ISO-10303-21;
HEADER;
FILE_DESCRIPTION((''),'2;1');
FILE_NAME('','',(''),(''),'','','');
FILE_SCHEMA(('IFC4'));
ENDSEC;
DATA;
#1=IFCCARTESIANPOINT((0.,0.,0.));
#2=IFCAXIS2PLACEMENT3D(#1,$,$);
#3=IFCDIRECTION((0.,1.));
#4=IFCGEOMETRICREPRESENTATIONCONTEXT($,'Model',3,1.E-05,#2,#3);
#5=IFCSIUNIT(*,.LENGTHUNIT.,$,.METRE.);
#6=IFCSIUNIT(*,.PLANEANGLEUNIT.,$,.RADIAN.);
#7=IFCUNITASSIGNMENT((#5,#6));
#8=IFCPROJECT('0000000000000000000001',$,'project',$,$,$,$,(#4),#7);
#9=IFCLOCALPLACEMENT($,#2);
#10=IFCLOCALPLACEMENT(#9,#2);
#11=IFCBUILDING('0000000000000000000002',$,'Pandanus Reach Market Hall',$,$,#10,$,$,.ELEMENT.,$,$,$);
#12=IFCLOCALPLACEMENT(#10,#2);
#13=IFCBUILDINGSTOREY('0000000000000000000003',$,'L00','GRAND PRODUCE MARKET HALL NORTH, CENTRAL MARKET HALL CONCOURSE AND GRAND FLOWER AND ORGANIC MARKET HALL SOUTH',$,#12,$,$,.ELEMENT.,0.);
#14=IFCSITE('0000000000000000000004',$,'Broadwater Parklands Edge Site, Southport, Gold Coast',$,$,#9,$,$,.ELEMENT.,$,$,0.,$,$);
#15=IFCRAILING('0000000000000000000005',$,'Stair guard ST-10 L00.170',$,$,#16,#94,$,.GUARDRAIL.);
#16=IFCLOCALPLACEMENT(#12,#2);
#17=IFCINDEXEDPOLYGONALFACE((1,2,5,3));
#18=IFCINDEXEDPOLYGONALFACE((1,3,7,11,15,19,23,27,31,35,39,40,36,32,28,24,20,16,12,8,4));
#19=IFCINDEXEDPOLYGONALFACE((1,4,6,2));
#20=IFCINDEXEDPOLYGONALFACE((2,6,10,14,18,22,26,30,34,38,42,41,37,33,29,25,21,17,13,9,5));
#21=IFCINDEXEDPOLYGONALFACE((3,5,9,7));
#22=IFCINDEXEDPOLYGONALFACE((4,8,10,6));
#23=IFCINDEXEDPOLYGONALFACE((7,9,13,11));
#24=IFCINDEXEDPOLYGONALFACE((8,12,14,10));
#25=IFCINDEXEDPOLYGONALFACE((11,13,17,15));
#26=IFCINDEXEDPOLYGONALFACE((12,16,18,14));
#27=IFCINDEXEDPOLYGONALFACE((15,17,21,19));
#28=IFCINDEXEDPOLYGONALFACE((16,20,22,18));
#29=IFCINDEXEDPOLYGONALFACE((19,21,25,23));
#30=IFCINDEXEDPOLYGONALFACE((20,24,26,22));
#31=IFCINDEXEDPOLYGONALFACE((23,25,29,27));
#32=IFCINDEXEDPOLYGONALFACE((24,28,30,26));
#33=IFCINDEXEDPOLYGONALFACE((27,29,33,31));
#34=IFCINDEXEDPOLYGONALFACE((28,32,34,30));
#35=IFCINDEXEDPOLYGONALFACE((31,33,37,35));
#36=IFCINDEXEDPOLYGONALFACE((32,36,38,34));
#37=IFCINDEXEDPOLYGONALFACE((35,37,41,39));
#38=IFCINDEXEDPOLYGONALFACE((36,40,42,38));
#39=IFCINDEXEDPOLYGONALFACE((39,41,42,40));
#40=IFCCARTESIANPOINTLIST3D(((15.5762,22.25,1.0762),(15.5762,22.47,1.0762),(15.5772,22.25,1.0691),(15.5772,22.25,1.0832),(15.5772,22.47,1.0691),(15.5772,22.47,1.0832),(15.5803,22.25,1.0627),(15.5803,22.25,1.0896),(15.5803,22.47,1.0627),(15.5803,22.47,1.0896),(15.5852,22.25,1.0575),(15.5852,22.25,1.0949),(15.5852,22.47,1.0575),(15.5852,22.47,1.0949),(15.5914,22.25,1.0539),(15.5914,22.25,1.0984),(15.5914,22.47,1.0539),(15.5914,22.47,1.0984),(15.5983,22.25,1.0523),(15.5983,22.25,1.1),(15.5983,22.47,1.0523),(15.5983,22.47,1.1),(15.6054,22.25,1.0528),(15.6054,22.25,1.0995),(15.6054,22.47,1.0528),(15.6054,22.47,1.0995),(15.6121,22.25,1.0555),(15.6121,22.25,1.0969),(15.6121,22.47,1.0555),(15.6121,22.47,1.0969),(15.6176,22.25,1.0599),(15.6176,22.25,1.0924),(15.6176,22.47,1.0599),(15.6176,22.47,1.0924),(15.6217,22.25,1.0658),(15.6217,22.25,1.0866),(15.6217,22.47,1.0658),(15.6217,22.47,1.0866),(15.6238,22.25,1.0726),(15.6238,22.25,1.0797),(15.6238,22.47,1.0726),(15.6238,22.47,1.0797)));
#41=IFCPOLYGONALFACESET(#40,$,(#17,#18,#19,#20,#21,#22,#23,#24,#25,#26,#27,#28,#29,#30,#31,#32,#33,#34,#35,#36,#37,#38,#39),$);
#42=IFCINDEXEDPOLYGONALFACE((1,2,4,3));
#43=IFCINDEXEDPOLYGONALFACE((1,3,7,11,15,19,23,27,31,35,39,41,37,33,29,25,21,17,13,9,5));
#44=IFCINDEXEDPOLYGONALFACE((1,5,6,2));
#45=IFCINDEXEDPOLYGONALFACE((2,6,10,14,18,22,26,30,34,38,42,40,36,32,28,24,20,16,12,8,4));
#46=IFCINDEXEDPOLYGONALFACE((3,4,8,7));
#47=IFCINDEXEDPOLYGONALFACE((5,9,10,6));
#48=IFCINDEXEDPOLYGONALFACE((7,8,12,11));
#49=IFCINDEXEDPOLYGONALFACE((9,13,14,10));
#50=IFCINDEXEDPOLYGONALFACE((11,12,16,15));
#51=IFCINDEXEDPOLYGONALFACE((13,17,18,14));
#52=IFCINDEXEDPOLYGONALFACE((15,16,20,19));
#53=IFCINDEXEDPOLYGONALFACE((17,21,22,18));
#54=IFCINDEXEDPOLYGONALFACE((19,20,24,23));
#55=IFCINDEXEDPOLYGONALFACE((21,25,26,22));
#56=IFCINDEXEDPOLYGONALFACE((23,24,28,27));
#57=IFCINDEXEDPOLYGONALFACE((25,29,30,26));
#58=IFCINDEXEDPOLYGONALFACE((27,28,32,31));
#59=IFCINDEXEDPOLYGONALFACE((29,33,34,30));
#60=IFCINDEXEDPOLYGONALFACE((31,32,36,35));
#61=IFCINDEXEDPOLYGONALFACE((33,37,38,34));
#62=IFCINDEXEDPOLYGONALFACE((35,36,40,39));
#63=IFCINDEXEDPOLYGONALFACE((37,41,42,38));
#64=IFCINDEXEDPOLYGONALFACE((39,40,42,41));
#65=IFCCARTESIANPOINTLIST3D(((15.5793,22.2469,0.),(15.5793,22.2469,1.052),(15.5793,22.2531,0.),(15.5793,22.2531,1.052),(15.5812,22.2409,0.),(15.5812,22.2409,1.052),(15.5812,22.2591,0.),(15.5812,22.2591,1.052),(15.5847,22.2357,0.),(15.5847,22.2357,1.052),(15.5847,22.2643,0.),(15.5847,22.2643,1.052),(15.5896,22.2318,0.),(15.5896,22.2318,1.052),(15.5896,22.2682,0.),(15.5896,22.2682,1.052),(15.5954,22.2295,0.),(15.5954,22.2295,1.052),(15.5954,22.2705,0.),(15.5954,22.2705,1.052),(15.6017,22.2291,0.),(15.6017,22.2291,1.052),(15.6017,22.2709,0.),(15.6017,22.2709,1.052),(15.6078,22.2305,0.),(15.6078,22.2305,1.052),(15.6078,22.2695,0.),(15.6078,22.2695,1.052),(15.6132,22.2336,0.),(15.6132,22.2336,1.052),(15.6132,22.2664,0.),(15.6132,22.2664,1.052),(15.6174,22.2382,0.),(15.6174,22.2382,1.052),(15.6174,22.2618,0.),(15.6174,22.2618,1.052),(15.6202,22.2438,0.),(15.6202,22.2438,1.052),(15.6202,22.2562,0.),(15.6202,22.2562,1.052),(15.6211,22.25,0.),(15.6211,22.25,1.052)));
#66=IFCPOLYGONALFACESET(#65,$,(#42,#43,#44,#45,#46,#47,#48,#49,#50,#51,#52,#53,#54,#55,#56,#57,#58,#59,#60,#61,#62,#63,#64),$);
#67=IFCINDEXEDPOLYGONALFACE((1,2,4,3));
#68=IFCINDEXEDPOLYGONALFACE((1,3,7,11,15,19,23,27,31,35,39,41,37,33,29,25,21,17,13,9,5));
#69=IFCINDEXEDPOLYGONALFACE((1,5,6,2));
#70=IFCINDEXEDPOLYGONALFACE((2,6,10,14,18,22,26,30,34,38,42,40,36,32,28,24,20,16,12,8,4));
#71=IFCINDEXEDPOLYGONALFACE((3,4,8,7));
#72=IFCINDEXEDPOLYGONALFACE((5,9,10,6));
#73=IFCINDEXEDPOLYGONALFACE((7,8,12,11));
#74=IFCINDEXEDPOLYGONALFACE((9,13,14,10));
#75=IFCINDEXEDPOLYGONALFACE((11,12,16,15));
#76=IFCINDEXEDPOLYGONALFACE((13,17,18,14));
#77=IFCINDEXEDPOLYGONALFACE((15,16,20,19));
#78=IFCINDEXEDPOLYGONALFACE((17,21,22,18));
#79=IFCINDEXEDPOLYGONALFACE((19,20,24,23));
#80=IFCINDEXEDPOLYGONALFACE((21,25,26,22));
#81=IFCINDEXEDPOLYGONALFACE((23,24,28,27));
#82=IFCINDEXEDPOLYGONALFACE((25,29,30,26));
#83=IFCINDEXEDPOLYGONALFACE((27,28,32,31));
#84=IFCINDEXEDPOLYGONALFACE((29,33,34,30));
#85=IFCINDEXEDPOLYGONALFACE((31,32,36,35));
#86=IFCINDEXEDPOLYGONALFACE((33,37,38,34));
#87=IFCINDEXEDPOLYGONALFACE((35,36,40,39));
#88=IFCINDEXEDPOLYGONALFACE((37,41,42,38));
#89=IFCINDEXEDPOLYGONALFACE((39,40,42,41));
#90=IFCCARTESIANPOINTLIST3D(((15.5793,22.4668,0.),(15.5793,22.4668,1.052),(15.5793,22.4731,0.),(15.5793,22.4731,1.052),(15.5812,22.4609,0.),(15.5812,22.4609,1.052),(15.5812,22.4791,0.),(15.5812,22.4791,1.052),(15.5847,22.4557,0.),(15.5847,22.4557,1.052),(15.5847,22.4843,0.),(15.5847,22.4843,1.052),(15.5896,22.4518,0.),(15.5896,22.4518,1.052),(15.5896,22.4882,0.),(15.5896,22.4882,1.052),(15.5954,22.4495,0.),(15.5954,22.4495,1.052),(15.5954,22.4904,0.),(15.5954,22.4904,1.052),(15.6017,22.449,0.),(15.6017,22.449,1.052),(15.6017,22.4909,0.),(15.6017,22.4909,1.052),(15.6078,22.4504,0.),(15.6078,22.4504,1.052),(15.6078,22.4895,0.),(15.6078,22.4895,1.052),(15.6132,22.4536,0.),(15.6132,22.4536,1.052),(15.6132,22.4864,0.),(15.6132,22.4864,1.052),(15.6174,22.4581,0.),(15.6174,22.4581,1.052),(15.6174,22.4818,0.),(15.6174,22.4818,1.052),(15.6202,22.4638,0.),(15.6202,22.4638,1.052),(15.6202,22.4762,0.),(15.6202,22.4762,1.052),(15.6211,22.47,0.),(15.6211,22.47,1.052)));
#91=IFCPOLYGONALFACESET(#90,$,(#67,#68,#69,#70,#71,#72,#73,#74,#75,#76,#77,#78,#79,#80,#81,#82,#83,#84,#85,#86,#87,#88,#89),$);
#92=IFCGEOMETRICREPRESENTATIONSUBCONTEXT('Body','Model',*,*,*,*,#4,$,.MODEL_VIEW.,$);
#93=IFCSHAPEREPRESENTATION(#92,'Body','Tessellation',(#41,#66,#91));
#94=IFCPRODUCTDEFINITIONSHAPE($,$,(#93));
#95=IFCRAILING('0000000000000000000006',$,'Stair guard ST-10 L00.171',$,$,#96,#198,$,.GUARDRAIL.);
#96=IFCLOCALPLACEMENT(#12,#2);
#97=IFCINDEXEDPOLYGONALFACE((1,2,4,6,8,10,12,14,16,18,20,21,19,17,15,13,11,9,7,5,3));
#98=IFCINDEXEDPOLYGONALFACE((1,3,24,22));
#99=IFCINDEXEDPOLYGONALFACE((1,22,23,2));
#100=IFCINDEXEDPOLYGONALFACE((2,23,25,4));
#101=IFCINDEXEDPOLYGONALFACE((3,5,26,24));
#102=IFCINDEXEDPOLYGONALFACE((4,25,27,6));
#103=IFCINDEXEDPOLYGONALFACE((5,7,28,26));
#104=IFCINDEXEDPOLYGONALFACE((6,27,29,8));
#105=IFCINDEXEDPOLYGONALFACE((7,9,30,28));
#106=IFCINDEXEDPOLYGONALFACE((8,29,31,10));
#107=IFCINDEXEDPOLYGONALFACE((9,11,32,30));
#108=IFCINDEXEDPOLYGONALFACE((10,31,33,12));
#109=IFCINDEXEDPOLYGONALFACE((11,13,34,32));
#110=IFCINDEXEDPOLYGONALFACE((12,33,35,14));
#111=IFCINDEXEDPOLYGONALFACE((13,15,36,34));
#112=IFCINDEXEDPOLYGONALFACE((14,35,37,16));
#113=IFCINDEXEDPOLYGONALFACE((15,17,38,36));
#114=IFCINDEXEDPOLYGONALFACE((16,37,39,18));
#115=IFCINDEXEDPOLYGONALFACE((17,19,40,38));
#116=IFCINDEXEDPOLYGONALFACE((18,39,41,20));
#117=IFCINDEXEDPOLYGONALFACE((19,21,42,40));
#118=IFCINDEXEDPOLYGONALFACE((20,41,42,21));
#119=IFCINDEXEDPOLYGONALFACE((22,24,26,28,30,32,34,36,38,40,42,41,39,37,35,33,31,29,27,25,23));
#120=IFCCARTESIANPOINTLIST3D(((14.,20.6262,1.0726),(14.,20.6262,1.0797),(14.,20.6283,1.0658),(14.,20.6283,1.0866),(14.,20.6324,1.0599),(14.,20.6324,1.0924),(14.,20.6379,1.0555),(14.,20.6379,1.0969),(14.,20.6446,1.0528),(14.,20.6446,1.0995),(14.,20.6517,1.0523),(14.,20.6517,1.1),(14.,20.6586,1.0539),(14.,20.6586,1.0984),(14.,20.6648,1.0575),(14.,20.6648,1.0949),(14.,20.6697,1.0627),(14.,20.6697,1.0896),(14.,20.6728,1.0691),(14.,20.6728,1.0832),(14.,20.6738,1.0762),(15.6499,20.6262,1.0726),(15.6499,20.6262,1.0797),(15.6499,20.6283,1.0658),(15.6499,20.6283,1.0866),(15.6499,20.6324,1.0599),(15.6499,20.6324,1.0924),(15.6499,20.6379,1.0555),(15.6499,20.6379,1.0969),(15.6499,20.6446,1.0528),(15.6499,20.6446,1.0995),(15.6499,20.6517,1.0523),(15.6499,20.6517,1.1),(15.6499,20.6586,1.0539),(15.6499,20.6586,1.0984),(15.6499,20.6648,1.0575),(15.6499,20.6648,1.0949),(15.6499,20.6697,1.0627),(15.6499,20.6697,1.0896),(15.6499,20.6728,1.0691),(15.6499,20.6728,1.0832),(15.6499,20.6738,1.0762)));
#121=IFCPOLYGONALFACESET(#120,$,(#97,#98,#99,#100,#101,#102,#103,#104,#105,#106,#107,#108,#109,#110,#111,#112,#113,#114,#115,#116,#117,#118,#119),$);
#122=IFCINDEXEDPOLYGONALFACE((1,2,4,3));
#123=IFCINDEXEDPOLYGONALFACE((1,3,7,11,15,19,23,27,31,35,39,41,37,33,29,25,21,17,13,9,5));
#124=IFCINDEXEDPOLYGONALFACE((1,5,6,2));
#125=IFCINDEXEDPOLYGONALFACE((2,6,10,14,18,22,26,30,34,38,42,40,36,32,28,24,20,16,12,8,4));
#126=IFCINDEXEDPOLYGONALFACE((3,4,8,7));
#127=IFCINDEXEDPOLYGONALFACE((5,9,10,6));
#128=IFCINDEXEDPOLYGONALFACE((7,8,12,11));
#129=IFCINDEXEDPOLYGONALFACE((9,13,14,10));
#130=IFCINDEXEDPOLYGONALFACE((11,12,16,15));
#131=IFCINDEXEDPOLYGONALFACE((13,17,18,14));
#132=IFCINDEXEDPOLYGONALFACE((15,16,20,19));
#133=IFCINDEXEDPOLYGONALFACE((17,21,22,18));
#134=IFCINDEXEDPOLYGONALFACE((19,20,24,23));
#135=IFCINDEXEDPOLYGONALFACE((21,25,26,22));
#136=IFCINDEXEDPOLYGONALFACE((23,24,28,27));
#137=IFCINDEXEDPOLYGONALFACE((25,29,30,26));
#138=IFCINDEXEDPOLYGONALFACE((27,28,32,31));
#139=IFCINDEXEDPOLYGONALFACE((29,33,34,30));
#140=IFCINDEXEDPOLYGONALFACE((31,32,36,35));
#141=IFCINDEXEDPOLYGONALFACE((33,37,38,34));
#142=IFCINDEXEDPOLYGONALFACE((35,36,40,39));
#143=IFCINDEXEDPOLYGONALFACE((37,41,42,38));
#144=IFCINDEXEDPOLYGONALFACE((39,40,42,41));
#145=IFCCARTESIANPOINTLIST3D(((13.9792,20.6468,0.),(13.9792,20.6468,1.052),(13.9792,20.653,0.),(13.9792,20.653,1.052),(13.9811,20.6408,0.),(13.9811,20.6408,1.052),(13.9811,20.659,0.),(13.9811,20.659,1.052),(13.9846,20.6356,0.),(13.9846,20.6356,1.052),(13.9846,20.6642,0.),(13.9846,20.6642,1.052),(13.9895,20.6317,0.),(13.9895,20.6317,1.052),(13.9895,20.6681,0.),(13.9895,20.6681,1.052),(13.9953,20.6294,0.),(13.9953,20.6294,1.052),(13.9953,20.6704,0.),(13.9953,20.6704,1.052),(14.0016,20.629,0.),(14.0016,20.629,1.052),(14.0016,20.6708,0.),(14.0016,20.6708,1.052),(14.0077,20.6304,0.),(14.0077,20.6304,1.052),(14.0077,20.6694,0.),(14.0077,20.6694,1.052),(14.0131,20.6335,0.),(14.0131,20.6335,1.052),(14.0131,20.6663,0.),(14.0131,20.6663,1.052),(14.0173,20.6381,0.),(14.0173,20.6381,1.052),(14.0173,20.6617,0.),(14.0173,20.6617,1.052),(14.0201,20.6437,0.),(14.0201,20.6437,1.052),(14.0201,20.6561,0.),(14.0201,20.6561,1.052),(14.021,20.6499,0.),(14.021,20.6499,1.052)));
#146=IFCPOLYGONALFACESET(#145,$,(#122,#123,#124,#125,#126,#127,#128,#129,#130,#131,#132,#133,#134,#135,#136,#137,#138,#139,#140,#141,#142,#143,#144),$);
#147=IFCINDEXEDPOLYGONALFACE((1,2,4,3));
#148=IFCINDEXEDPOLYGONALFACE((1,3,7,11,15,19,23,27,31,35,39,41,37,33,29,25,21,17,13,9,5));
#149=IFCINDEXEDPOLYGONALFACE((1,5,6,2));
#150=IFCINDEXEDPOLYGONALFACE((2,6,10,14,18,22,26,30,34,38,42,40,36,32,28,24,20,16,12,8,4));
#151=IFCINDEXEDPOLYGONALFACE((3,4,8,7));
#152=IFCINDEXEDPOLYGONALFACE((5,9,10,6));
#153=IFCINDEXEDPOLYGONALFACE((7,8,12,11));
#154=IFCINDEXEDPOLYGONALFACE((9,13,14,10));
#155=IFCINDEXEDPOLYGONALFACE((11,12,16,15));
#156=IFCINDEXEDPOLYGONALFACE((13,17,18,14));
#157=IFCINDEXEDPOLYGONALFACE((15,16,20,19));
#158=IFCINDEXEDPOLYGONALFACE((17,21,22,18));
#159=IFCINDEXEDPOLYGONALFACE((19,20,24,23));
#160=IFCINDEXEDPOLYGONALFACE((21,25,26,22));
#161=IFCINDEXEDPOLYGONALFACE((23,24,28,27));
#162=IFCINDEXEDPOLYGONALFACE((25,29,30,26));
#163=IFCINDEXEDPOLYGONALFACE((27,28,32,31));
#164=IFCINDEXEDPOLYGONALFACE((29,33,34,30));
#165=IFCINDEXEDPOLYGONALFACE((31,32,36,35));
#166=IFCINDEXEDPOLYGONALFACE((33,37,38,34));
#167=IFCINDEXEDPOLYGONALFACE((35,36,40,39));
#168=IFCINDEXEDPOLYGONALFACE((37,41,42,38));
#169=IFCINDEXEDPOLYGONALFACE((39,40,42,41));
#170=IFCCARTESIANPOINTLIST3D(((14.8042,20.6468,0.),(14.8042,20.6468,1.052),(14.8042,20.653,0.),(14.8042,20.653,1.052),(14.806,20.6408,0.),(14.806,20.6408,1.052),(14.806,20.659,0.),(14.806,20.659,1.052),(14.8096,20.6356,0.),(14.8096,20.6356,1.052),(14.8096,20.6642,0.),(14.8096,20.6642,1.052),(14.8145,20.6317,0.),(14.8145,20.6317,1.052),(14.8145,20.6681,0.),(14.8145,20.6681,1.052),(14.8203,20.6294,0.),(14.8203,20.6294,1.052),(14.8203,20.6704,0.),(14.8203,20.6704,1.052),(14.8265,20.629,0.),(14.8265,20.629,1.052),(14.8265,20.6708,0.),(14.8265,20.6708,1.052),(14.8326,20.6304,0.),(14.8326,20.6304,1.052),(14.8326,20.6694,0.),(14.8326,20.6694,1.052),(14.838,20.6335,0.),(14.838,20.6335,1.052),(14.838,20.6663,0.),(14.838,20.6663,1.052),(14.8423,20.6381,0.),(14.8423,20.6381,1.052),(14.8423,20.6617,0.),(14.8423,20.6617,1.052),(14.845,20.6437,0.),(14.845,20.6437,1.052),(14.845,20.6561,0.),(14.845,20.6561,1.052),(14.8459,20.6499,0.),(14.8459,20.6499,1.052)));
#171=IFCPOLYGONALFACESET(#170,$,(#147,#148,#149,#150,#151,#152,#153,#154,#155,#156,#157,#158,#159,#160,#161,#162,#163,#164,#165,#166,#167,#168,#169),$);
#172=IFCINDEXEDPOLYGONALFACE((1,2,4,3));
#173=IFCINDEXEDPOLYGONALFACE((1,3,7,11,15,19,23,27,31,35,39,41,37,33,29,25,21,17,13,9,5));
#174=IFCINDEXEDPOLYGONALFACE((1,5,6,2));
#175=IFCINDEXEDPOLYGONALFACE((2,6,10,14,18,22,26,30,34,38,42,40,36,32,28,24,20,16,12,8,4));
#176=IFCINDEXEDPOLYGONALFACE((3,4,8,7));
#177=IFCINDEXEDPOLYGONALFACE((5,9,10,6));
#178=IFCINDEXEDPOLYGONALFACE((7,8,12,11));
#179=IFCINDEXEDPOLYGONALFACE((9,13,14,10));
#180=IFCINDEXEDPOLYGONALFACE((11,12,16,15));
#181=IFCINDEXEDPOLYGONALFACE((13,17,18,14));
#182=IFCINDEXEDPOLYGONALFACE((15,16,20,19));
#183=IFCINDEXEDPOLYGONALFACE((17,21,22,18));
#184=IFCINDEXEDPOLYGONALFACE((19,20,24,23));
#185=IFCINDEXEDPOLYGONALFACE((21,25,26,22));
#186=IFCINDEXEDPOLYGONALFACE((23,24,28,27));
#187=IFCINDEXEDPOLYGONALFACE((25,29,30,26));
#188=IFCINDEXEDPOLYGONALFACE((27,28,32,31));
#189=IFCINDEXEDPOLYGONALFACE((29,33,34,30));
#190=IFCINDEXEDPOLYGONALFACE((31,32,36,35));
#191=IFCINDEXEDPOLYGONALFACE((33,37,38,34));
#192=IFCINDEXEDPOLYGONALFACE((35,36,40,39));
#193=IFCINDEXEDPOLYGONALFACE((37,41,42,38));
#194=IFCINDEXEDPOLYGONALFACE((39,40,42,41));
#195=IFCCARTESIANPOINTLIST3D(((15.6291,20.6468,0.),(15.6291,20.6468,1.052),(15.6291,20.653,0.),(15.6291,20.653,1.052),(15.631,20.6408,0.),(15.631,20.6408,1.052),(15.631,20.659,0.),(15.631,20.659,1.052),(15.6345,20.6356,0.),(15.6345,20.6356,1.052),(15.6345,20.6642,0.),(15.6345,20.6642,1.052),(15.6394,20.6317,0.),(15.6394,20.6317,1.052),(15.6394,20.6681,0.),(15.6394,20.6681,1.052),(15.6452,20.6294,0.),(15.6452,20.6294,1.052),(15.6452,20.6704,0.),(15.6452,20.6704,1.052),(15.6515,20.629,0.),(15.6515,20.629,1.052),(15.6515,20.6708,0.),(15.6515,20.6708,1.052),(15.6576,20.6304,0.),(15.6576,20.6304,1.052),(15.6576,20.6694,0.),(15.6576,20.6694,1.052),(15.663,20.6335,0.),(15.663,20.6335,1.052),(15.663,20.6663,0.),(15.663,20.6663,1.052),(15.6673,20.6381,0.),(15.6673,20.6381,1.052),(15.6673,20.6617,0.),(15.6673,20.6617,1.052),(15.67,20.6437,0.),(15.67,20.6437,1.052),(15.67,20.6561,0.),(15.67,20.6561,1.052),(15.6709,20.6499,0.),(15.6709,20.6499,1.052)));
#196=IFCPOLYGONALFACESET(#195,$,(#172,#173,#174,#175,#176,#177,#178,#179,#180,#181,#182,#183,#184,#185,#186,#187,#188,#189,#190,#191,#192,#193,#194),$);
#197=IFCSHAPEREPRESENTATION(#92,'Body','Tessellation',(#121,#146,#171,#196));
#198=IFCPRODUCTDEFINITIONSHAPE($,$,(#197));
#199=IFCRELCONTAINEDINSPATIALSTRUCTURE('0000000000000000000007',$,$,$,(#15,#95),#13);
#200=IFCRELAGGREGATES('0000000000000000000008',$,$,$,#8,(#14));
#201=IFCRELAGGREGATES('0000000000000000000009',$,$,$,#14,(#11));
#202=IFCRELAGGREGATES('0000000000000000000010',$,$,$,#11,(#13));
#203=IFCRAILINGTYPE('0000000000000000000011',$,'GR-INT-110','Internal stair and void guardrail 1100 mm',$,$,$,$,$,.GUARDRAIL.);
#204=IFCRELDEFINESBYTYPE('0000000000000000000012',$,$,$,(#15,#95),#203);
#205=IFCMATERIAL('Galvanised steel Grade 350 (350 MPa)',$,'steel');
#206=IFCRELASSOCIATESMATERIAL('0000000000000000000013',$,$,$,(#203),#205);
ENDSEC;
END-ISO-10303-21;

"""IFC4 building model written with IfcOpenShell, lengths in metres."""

from ifc_helpers import new_model, si_unit, direction, frame, origin, origin_2d, place, context, subcontext, project, spatial, circle, extrude, material, type_object, element, save


model = new_model("IFC4")

# Units and contexts
model_context = context("Model", 3, precision=1e-05, world=origin(), true_north=direction((0.0, 1.0)))
body_context = subcontext(model_context, "Body", "Model", "MODEL_VIEW")
ifc_project = project(units=[si_unit("LENGTHUNIT", "METRE"), si_unit("PLANEANGLEUNIT", "RADIAN")], contexts=[model_context])

# Site, building, storey
site_placement = place(None, origin())
site = spatial("IfcSite", under=ifc_project, at=site_placement, Name="Broadwater Parklands Edge Site, Southport, Gold Coast", CompositionType="ELEMENT", RefElevation=0.0)
building_placement = place(site_placement, origin())
building = spatial("IfcBuilding", under=site, at=building_placement, Name="Pandanus Reach Market Hall", CompositionType="ELEMENT")
storey_placement = place(building_placement, origin())
storey = spatial("IfcBuildingStorey", under=building, at=storey_placement, Name="L00", Description="GRAND PRODUCE MARKET HALL NORTH, CENTRAL MARKET HALL CONCOURSE AND GRAND FLOWER AND ORGANIC MARKET HALL SOUTH", CompositionType="ELEMENT", Elevation=0.0)

# Railings
ifc_material_1 = material(Name="Galvanised steel Grade 350 (350 MPa)", Category="steel")
railing_type_1 = type_object("IfcRailingType", Name="GR-INT-110", Description="Internal stair and void guardrail 1100 mm", PredefinedType="GUARDRAIL", material=ifc_material_1)
railing_1_placement = place(storey_placement, frame((15.6001, 22.25, 0.0)))
element("IfcRailing", 1, at=railing_1_placement, inside=storey, type_object=railing_type_1, Name="Stair guard ST-10 L00.170", PredefinedType="GUARDRAIL", context=body_context, shape_type="SweptSolid", body=[
    extrude(circle(Radius=0.0239, at=origin_2d()), frame((0.0, 0.0, 1.0762), z_axis=(0.0, 1.0, 0.0), x_axis=(-1.0, 0.0, 0.0)), (0.0, 0.0, 1.0), 0.22),
    extrude(circle(Radius=0.021, at=origin_2d()), origin(), (0.0, 0.0, 1.0), 1.052),
    extrude(circle(Radius=0.021, at=origin_2d()), frame((0.0, 0.22, 0.0)), (0.0, 0.0, 1.0), 1.052),
])
railing_2_placement = place(storey_placement, frame((14.0, 20.6499, 0.0)))
element("IfcRailing", 2, at=railing_2_placement, inside=storey, type_object=railing_type_1, Name="Stair guard ST-10 L00.171", PredefinedType="GUARDRAIL", context=body_context, shape_type="SweptSolid", body=[
    extrude(circle(Radius=0.0239, at=origin_2d()), frame((0.0, 0.0, 1.0762), z_axis=(1.0, 0.0, 0.0), x_axis=(0.0, 1.0, 0.0)), (0.0, 0.0, 1.0), 1.6499),
    extrude(circle(Radius=0.021, at=origin_2d()), origin(), (0.0, 0.0, 1.0), 1.052),
    extrude(circle(Radius=0.021, at=origin_2d()), frame((0.825, 0.0, 0.0)), (0.0, 0.0, 1.0), 1.052),
    extrude(circle(Radius=0.021, at=origin_2d()), frame((1.6499, 0.0, 0.0)), (0.0, 0.0, 1.0), 1.052),
])

save(model, "model.ifc")
